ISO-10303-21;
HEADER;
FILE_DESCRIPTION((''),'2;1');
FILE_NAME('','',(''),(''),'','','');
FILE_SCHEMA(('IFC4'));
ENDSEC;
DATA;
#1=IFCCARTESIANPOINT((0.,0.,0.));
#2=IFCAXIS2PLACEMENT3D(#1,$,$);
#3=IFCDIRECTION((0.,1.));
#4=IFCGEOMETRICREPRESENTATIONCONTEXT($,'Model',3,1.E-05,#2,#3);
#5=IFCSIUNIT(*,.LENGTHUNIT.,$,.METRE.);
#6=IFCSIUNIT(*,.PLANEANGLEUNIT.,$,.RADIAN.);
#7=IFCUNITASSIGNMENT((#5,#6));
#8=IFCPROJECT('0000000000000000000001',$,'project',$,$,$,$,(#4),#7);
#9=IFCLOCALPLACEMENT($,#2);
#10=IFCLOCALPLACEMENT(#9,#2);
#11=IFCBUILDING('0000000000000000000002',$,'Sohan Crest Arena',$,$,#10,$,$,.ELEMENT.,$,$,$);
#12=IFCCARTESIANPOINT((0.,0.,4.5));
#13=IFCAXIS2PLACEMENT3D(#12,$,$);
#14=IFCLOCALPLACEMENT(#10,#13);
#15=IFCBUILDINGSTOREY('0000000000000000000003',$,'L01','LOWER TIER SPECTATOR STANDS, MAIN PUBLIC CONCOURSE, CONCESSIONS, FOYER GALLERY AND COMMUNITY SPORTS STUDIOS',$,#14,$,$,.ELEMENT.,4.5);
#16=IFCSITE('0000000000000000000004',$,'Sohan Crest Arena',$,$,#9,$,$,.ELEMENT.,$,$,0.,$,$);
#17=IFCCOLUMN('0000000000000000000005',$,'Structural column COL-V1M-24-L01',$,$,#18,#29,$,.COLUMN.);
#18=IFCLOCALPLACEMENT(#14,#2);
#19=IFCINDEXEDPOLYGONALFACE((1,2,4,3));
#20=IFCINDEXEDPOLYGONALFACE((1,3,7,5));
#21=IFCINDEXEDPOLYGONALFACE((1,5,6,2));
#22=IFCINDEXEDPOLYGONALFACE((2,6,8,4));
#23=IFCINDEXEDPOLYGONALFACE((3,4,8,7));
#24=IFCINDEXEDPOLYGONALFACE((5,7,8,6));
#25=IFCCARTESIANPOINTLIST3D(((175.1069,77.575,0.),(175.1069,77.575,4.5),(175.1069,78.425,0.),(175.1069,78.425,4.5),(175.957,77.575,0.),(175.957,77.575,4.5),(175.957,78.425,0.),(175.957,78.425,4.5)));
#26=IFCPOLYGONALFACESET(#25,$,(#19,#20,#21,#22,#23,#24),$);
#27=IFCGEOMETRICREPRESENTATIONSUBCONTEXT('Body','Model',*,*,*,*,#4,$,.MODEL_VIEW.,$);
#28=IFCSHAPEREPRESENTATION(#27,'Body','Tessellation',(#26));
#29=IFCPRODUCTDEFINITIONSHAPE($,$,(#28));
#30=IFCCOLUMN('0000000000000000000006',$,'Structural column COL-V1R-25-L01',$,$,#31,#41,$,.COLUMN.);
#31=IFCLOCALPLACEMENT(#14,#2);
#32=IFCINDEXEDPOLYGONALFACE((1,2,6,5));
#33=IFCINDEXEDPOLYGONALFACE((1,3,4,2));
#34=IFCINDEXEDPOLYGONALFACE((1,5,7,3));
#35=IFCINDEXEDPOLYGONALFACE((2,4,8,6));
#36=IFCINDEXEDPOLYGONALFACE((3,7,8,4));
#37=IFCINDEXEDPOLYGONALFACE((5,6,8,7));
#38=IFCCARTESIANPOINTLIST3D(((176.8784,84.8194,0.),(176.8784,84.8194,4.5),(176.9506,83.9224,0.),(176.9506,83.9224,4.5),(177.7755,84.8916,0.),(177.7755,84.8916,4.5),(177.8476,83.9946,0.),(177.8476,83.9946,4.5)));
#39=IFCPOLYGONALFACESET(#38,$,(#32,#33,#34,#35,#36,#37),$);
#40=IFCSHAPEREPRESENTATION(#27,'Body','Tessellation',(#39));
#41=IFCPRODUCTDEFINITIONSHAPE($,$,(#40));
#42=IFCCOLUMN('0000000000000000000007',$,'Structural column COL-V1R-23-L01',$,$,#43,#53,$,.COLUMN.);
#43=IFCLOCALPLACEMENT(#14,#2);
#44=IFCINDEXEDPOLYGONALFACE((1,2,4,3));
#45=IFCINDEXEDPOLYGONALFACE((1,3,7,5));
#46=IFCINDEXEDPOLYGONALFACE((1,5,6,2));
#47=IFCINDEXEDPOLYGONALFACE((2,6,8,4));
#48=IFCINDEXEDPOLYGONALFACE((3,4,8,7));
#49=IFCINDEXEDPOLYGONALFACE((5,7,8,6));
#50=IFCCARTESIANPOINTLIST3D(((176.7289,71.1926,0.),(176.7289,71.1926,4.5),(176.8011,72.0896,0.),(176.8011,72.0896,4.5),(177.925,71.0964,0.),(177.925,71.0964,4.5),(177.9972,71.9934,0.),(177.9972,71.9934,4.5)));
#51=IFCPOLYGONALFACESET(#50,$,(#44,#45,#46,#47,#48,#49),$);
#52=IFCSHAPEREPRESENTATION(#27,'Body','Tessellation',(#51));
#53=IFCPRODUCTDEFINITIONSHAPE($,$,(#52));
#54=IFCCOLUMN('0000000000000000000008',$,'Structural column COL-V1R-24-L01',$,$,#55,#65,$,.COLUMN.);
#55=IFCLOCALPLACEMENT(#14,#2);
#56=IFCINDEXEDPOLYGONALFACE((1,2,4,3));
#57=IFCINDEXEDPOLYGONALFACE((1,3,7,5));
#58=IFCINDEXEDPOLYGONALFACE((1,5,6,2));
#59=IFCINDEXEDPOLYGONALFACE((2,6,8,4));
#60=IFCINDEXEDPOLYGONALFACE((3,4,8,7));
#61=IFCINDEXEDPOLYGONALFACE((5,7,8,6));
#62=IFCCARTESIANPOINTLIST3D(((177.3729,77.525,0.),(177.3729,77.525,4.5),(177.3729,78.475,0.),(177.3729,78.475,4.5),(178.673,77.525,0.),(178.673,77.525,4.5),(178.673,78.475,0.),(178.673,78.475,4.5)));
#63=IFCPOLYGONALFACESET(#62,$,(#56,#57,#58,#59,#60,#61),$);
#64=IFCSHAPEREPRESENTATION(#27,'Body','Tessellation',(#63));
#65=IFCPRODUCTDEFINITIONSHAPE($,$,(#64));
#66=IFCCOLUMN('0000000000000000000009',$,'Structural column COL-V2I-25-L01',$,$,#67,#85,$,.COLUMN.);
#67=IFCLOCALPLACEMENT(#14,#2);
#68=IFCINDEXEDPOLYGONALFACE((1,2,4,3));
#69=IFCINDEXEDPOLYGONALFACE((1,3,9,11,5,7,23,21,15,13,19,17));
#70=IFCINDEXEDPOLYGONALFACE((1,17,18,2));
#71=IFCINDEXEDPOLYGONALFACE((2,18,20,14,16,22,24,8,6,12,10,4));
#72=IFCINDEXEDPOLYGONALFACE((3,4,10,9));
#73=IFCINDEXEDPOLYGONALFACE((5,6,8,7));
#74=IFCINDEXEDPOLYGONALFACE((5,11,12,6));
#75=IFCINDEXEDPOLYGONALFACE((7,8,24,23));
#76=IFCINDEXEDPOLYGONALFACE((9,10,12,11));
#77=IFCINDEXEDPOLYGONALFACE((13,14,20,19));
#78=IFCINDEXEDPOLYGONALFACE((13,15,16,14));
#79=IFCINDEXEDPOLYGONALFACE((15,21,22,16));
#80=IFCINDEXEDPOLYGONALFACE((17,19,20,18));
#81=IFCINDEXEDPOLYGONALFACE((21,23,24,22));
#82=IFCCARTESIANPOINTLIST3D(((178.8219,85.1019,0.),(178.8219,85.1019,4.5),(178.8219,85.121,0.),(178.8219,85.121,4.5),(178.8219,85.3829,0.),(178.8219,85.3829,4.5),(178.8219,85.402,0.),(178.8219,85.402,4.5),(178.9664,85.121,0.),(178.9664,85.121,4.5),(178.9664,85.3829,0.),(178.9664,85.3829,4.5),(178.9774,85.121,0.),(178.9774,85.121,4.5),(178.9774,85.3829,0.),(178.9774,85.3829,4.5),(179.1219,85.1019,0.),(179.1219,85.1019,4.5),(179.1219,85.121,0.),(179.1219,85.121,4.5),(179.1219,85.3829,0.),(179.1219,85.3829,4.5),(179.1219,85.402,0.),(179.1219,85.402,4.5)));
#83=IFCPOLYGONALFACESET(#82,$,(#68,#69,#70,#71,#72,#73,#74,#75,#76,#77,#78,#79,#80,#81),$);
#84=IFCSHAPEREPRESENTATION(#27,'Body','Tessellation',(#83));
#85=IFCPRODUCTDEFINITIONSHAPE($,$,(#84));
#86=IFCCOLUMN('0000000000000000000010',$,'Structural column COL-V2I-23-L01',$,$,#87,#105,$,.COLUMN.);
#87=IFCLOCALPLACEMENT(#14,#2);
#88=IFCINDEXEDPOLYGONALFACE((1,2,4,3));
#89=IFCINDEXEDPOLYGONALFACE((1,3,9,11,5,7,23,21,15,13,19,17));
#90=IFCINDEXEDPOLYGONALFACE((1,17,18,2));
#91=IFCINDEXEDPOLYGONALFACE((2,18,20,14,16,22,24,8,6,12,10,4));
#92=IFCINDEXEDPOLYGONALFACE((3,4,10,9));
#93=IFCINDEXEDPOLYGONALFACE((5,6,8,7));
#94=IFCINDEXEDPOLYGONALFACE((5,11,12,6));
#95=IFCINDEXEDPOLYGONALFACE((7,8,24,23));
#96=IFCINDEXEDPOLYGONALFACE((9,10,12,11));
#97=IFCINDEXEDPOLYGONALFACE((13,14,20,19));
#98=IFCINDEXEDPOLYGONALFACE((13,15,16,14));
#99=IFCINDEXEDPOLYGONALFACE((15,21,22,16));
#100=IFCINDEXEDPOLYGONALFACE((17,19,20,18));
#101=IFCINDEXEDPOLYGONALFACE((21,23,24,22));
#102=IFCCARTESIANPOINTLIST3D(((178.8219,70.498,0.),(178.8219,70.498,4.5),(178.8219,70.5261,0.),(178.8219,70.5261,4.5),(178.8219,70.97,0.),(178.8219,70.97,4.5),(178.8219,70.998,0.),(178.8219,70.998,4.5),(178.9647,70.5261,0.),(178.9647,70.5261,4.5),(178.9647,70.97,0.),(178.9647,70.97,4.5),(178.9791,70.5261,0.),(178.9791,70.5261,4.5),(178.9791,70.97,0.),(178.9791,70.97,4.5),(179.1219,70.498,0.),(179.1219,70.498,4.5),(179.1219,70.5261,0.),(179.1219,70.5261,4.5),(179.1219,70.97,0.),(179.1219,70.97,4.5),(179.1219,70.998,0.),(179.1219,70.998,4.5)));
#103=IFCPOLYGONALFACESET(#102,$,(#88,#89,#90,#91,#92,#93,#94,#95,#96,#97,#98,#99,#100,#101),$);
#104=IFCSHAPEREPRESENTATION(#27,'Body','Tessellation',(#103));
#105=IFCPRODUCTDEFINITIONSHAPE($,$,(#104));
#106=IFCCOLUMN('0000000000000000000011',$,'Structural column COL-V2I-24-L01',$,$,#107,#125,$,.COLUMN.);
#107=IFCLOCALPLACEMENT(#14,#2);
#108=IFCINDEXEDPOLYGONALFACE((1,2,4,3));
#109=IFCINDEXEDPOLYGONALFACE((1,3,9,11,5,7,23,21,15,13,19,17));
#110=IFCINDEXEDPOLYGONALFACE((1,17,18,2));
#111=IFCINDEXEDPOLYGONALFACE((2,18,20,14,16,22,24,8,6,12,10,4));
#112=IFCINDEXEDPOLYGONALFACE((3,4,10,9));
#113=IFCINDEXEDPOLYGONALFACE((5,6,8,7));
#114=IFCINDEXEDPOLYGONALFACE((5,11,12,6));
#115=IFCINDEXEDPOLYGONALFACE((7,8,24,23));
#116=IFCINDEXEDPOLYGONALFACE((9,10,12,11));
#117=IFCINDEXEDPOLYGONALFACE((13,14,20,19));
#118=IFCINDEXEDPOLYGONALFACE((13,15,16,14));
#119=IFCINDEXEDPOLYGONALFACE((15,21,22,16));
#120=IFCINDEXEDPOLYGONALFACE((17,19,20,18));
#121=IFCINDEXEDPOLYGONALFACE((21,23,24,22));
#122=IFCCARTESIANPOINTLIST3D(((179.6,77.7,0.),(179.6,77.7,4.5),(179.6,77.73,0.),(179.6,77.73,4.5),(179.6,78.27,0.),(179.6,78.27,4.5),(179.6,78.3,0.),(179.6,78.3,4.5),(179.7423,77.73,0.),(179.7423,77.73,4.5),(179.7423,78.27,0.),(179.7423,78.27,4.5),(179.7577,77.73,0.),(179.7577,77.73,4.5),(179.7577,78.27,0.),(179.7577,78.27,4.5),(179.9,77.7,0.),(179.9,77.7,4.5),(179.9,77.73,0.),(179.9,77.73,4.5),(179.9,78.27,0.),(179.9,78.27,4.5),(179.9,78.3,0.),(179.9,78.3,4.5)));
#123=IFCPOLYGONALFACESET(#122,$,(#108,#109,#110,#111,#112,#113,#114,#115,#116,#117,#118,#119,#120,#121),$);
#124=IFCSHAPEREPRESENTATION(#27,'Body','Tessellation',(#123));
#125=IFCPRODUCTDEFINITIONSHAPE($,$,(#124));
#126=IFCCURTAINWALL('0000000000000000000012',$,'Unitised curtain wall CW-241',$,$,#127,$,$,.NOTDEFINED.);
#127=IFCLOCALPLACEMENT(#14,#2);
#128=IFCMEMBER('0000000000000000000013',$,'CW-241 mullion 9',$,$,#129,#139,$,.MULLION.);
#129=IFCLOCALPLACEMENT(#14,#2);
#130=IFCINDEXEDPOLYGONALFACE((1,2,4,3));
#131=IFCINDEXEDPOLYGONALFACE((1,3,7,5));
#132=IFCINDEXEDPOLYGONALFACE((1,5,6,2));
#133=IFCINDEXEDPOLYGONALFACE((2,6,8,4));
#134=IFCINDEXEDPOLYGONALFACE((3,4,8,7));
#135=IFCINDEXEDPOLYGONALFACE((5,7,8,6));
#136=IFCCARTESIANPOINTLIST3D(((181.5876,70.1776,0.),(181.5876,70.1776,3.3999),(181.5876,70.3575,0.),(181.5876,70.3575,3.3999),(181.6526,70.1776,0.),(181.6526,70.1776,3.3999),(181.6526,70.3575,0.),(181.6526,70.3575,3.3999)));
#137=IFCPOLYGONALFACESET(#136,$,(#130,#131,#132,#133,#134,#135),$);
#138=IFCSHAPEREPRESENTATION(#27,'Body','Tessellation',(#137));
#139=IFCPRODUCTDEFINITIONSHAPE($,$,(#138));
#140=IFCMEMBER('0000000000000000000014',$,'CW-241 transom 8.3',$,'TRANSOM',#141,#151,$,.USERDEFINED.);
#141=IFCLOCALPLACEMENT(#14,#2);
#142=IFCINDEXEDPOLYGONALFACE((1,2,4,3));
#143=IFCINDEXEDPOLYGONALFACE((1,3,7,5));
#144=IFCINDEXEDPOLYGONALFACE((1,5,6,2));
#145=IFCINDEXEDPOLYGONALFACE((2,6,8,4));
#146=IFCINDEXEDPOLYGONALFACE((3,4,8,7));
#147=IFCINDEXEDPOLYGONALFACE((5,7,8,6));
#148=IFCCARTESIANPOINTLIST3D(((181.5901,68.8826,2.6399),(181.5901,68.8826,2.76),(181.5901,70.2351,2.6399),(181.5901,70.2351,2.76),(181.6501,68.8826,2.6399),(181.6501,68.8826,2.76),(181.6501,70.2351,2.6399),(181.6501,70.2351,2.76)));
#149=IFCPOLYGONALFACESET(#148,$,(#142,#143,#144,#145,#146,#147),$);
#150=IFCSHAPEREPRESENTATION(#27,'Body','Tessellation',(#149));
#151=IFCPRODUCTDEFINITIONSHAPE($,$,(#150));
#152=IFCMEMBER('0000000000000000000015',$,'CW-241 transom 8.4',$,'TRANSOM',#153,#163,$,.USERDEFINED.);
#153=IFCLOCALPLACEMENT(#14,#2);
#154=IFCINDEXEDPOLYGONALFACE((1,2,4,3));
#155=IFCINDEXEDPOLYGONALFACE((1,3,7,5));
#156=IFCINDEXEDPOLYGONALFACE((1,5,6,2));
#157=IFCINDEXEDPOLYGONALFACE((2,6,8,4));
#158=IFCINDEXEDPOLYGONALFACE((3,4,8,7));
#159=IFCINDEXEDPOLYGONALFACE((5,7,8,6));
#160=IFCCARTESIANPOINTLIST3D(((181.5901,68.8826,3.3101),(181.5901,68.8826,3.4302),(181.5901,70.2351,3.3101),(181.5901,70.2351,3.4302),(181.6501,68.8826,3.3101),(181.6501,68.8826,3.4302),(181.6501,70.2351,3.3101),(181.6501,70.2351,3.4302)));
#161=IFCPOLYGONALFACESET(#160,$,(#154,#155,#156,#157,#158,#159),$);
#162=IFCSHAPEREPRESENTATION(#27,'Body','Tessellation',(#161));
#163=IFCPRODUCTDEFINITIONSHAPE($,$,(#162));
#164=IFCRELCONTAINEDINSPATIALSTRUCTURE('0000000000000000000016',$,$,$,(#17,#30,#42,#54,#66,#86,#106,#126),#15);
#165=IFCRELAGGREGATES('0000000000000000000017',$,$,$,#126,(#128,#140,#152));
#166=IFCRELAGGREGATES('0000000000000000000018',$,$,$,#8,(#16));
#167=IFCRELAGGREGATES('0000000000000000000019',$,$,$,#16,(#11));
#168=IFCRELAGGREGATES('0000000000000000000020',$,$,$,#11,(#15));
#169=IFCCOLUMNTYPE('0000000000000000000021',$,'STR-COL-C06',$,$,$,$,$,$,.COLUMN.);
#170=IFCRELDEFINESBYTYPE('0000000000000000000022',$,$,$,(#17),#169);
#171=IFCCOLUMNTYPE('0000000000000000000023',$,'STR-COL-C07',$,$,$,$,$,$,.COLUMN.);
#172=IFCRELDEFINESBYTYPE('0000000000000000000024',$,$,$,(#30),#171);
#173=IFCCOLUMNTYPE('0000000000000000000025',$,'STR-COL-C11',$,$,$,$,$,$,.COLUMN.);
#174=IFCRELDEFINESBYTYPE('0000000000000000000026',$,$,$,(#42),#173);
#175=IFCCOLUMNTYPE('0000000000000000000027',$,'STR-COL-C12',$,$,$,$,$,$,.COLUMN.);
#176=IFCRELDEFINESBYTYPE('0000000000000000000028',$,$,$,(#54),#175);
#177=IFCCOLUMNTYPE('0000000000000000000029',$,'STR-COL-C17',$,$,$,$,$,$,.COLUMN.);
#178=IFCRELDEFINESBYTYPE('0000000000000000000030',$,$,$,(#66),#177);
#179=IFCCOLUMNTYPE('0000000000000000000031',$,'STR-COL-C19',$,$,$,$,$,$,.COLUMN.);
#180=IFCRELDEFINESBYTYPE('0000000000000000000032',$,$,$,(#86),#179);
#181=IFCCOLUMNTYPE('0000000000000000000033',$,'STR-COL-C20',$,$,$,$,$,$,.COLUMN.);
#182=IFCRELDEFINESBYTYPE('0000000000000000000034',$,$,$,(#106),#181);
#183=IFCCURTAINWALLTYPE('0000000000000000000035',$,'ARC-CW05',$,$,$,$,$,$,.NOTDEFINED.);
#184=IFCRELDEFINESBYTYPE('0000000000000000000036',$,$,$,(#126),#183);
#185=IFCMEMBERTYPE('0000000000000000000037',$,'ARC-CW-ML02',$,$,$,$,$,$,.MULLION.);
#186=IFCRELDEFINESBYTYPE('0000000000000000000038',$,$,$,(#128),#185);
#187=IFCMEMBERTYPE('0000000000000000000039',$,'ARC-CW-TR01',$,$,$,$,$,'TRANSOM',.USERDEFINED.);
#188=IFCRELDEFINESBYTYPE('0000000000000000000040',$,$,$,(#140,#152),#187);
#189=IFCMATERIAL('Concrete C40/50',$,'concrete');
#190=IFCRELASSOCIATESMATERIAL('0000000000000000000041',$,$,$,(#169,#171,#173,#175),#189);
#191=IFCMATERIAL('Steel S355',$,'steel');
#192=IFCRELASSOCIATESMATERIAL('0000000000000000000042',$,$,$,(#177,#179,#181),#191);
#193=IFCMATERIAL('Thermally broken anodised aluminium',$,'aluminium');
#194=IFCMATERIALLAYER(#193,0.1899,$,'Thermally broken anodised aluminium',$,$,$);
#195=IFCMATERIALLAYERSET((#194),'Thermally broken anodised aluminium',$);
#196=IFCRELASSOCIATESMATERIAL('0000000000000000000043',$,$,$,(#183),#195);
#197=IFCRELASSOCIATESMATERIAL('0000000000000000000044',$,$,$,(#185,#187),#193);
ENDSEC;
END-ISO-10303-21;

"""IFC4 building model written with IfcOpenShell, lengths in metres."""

from ifc_helpers import new_model, si_unit, direction, frame, origin, origin_2d, place, context, subcontext, project, spatial, rectangle, i_section, extrude, material, layer, layer_set, material_profile, profile_set, type_object, element, aggregate, save


model = new_model("IFC4")

# Units and contexts
model_context = context("Model", 3, precision=1e-05, world=origin(), true_north=direction((0.0, 1.0)))
body_context = subcontext(model_context, "Body", "Model", "MODEL_VIEW")
ifc_project = project(units=[si_unit("LENGTHUNIT", "METRE"), si_unit("PLANEANGLEUNIT", "RADIAN")], contexts=[model_context])

# Site, building, storey
site_placement = place(None, origin())
site = spatial("IfcSite", under=ifc_project, at=site_placement, Name="Sohan Crest Arena", CompositionType="ELEMENT", RefElevation=0.0)
building_placement = place(site_placement, origin())
building = spatial("IfcBuilding", under=site, at=building_placement, Name="Sohan Crest Arena", CompositionType="ELEMENT")
storey_placement = place(building_placement, frame((0.0, 0.0, 4.5)))
storey = spatial("IfcBuildingStorey", under=building, at=storey_placement, Name="L01", Description="LOWER TIER SPECTATOR STANDS, MAIN PUBLIC CONCOURSE, CONCESSIONS, FOYER GALLERY AND COMMUNITY SPORTS STUDIOS", CompositionType="ELEMENT", Elevation=4.5)

# Columns
ifc_material_1 = material(Name="Concrete C40/50", Category="concrete")
ifc_material_profile_1 = material_profile(ifc_material_1, rectangle(XDim=0.8501, YDim=0.8501, at=origin_2d()), Name="RC 850x850")
ifc_profile_set_1 = profile_set([ifc_material_profile_1], Name="Concrete C40/50")
column_type_1 = type_object("IfcColumnType", Name="STR-COL-C06", PredefinedType="COLUMN", material=ifc_profile_set_1)
column_1_placement = place(storey_placement, frame((175.532, 78.0, 0.0), z_axis=(0.0, 0.0, 1.0), x_axis=(1.0, 0.0, 0.0)))
element("IfcColumn", 1, at=column_1_placement, inside=storey, type_object=column_type_1, Name="Structural column COL-V1M-24-L01", PredefinedType="COLUMN", context=body_context, shape_type="SweptSolid", body=[
    extrude(rectangle(XDim=0.8501, YDim=0.8501, at=origin_2d()), origin(), (0.0, 0.0, 1.0), 4.5),
])
ifc_material_profile_2 = material_profile(ifc_material_1, rectangle(XDim=0.8999, YDim=0.8999, at=origin_2d()), Name="RC 900x900")
ifc_profile_set_2 = profile_set([ifc_material_profile_2], Name="Concrete C40/50")
column_type_2 = type_object("IfcColumnType", Name="STR-COL-C07", PredefinedType="COLUMN", material=ifc_profile_set_2)
column_2_placement = place(storey_placement, frame((177.363, 84.407, 0.0), z_axis=(0.0, 0.0, 1.0), x_axis=(0.996779, 0.080199, 0.0)))
element("IfcColumn", 2, at=column_2_placement, inside=storey, type_object=column_type_2, Name="Structural column COL-V1R-25-L01", PredefinedType="COLUMN", context=body_context, shape_type="SweptSolid", body=[
    extrude(rectangle(XDim=0.8999, YDim=0.8999, at=origin_2d()), origin(), (0.0, 0.0, 1.0), 4.5),
])
ifc_material_profile_3 = material_profile(ifc_material_1, rectangle(XDim=1.2, YDim=0.8999, at=origin_2d()), Name="RC 1200x900")
ifc_profile_set_3 = profile_set([ifc_material_profile_3], Name="Concrete C40/50")
column_type_3 = type_object("IfcColumnType", Name="STR-COL-C11", PredefinedType="COLUMN", material=ifc_profile_set_3)
column_3_placement = place(storey_placement, frame((177.363, 71.593, 0.0), z_axis=(0.0, 0.0, 1.0), x_axis=(-0.996779, 0.080199, 0.0)))
element("IfcColumn", 3, at=column_3_placement, inside=storey, type_object=column_type_3, Name="Structural column COL-V1R-23-L01", PredefinedType="COLUMN", context=body_context, shape_type="SweptSolid", body=[
    extrude(rectangle(XDim=1.2, YDim=0.8999, at=origin_2d()), origin(), (0.0, 0.0, 1.0), 4.5),
])
ifc_material_profile_4 = material_profile(ifc_material_1, rectangle(XDim=1.3, YDim=0.95, at=origin_2d()), Name="RC 1300x950")
ifc_profile_set_4 = profile_set([ifc_material_profile_4], Name="Concrete C40/50")
column_type_4 = type_object("IfcColumnType", Name="STR-COL-C12", PredefinedType="COLUMN", material=ifc_profile_set_4)
column_4_placement = place(storey_placement, frame((178.0229, 78.0, 0.0), z_axis=(0.0, 0.0, 1.0), x_axis=(1.0, 0.0, 0.0)))
element("IfcColumn", 4, at=column_4_placement, inside=storey, type_object=column_type_4, Name="Structural column COL-V1R-24-L01", PredefinedType="COLUMN", context=body_context, shape_type="SweptSolid", body=[
    extrude(rectangle(XDim=1.3, YDim=0.95, at=origin_2d()), origin(), (0.0, 0.0, 1.0), 4.5),
])
ifc_material_2 = material(Name="Steel S355", Category="steel")
ifc_material_profile_5 = material_profile(ifc_material_2, i_section(OverallWidth=0.3, OverallDepth=0.3, WebThickness=0.011, FlangeThickness=0.019, at=origin_2d()), Name="HEB 300")
ifc_profile_set_5 = profile_set([ifc_material_profile_5], Name="Steel S355")
column_type_5 = type_object("IfcColumnType", Name="STR-COL-C17", PredefinedType="COLUMN", material=ifc_profile_set_5)
column_5_placement = place(storey_placement, frame((178.9719, 85.252, 0.0), z_axis=(0.0, 0.0, 1.0), x_axis=(1.0, 0.0, 0.0)))
element("IfcColumn", 5, at=column_5_placement, inside=storey, type_object=column_type_5, Name="Structural column COL-V2I-25-L01", PredefinedType="COLUMN", context=body_context, shape_type="SweptSolid", body=[
    extrude(i_section(OverallWidth=0.3, OverallDepth=0.3, WebThickness=0.011, FlangeThickness=0.019, at=origin_2d()), origin(), (0.0, 0.0, 1.0), 4.5),
])
ifc_material_profile_6 = material_profile(ifc_material_2, i_section(OverallWidth=0.3, OverallDepth=0.5, WebThickness=0.0144, FlangeThickness=0.0281, at=origin_2d()), Name="HEB 500")
ifc_profile_set_6 = profile_set([ifc_material_profile_6], Name="Steel S355")
column_type_6 = type_object("IfcColumnType", Name="STR-COL-C19", PredefinedType="COLUMN", material=ifc_profile_set_6)
column_6_placement = place(storey_placement, frame((178.9719, 70.748, 0.0), z_axis=(0.0, 0.0, 1.0), x_axis=(1.0, 0.0, 0.0)))
element("IfcColumn", 6, at=column_6_placement, inside=storey, type_object=column_type_6, Name="Structural column COL-V2I-23-L01", PredefinedType="COLUMN", context=body_context, shape_type="SweptSolid", body=[
    extrude(i_section(OverallWidth=0.3, OverallDepth=0.5, WebThickness=0.0144, FlangeThickness=0.0281, at=origin_2d()), origin(), (0.0, 0.0, 1.0), 4.5),
])
ifc_material_profile_7 = material_profile(ifc_material_2, i_section(OverallWidth=0.3, OverallDepth=0.6001, WebThickness=0.0154, FlangeThickness=0.03, at=origin_2d()), Name="HEB 600")
ifc_profile_set_7 = profile_set([ifc_material_profile_7], Name="Steel S355")
column_type_7 = type_object("IfcColumnType", Name="STR-COL-C20", PredefinedType="COLUMN", material=ifc_profile_set_7)
column_7_placement = place(storey_placement, frame((179.75, 78.0, 0.0), z_axis=(0.0, 0.0, 1.0), x_axis=(1.0, 0.0, 0.0)))
element("IfcColumn", 7, at=column_7_placement, inside=storey, type_object=column_type_7, Name="Structural column COL-V2I-24-L01", PredefinedType="COLUMN", context=body_context, shape_type="SweptSolid", body=[
    extrude(i_section(OverallWidth=0.3, OverallDepth=0.6001, WebThickness=0.0154, FlangeThickness=0.03, at=origin_2d()), origin(), (0.0, 0.0, 1.0), 4.5),
])

# Curtain wall, members
ifc_material_3 = material(Name="Thermally broken anodised aluminium", Category="aluminium")
ifc_layer_1 = layer(ifc_material_3, 0.1899, Name="Thermally broken anodised aluminium")
ifc_layer_set_1 = layer_set([ifc_layer_1], Name="Thermally broken anodised aluminium")
curtain_wall_type = type_object("IfcCurtainWallType", Name="ARC-CW05", PredefinedType="NOTDEFINED", material=ifc_layer_set_1)
curtain_wall_placement = place(storey_placement, origin())
curtain_wall = element("IfcCurtainWall", 8, at=curtain_wall_placement, inside=storey, type_object=curtain_wall_type, Name="Unitised curtain wall CW-241", PredefinedType="NOTDEFINED")
ifc_material_profile_8 = material_profile(ifc_material_3, rectangle(XDim=0.0649, YDim=0.1799, at=origin_2d()), Name="ALU-MULL 65x180")
ifc_profile_set_8 = profile_set([ifc_material_profile_8], Name="Thermally broken anodised aluminium")
member_type_1 = type_object("IfcMemberType", Name="ARC-CW-ML02", PredefinedType="MULLION", material=ifc_profile_set_8)
member_1_placement = place(storey_placement, frame((181.6201, 70.2676, 0.0), z_axis=(0.0, 0.0, 1.0), x_axis=(-1.0, 0.0, 0.0)))
member_1 = element("IfcMember", 9, at=member_1_placement, type_object=member_type_1, Name="CW-241 mullion 9", PredefinedType="MULLION", context=body_context, shape_type="SweptSolid", body=[
    extrude(rectangle(XDim=0.0649, YDim=0.1799, at=origin_2d()), origin(), (0.0, 0.0, 1.0), 3.3999),
])
ifc_material_profile_9 = material_profile(ifc_material_3, rectangle(XDim=0.0601, YDim=0.1201, at=origin_2d()), Name="ALU-TRAN 60x120")
ifc_profile_set_9 = profile_set([ifc_material_profile_9], Name="Thermally broken anodised aluminium")
member_type_2 = type_object("IfcMemberType", Name="ARC-CW-TR01", ElementType="TRANSOM", PredefinedType="USERDEFINED", material=ifc_profile_set_9)
member_2_placement = place(storey_placement, frame((181.6201, 68.8826, 2.7), z_axis=(0.0, 1.0, 0.0), x_axis=(-1.0, 0.0, 0.0)))
member_2 = element("IfcMember", 10, at=member_2_placement, type_object=member_type_2, Name="CW-241 transom 8.3", ObjectType="TRANSOM", PredefinedType="USERDEFINED", context=body_context, shape_type="SweptSolid", body=[
    extrude(rectangle(XDim=0.0601, YDim=0.1201, at=origin_2d()), origin(), (0.0, 0.0, 1.0), 1.3525),
])
member_3_placement = place(storey_placement, frame((181.6201, 68.8826, 3.3701), z_axis=(0.0, 1.0, 0.0), x_axis=(-1.0, 0.0, 0.0)))
member_3 = element("IfcMember", 11, at=member_3_placement, type_object=member_type_2, Name="CW-241 transom 8.4", ObjectType="TRANSOM", PredefinedType="USERDEFINED", context=body_context, shape_type="SweptSolid", body=[
    extrude(rectangle(XDim=0.0601, YDim=0.1201, at=origin_2d()), origin(), (0.0, 0.0, 1.0), 1.3525),
])

aggregate(curtain_wall, [member_1, member_2, member_3])

save(model, "model.ifc")
